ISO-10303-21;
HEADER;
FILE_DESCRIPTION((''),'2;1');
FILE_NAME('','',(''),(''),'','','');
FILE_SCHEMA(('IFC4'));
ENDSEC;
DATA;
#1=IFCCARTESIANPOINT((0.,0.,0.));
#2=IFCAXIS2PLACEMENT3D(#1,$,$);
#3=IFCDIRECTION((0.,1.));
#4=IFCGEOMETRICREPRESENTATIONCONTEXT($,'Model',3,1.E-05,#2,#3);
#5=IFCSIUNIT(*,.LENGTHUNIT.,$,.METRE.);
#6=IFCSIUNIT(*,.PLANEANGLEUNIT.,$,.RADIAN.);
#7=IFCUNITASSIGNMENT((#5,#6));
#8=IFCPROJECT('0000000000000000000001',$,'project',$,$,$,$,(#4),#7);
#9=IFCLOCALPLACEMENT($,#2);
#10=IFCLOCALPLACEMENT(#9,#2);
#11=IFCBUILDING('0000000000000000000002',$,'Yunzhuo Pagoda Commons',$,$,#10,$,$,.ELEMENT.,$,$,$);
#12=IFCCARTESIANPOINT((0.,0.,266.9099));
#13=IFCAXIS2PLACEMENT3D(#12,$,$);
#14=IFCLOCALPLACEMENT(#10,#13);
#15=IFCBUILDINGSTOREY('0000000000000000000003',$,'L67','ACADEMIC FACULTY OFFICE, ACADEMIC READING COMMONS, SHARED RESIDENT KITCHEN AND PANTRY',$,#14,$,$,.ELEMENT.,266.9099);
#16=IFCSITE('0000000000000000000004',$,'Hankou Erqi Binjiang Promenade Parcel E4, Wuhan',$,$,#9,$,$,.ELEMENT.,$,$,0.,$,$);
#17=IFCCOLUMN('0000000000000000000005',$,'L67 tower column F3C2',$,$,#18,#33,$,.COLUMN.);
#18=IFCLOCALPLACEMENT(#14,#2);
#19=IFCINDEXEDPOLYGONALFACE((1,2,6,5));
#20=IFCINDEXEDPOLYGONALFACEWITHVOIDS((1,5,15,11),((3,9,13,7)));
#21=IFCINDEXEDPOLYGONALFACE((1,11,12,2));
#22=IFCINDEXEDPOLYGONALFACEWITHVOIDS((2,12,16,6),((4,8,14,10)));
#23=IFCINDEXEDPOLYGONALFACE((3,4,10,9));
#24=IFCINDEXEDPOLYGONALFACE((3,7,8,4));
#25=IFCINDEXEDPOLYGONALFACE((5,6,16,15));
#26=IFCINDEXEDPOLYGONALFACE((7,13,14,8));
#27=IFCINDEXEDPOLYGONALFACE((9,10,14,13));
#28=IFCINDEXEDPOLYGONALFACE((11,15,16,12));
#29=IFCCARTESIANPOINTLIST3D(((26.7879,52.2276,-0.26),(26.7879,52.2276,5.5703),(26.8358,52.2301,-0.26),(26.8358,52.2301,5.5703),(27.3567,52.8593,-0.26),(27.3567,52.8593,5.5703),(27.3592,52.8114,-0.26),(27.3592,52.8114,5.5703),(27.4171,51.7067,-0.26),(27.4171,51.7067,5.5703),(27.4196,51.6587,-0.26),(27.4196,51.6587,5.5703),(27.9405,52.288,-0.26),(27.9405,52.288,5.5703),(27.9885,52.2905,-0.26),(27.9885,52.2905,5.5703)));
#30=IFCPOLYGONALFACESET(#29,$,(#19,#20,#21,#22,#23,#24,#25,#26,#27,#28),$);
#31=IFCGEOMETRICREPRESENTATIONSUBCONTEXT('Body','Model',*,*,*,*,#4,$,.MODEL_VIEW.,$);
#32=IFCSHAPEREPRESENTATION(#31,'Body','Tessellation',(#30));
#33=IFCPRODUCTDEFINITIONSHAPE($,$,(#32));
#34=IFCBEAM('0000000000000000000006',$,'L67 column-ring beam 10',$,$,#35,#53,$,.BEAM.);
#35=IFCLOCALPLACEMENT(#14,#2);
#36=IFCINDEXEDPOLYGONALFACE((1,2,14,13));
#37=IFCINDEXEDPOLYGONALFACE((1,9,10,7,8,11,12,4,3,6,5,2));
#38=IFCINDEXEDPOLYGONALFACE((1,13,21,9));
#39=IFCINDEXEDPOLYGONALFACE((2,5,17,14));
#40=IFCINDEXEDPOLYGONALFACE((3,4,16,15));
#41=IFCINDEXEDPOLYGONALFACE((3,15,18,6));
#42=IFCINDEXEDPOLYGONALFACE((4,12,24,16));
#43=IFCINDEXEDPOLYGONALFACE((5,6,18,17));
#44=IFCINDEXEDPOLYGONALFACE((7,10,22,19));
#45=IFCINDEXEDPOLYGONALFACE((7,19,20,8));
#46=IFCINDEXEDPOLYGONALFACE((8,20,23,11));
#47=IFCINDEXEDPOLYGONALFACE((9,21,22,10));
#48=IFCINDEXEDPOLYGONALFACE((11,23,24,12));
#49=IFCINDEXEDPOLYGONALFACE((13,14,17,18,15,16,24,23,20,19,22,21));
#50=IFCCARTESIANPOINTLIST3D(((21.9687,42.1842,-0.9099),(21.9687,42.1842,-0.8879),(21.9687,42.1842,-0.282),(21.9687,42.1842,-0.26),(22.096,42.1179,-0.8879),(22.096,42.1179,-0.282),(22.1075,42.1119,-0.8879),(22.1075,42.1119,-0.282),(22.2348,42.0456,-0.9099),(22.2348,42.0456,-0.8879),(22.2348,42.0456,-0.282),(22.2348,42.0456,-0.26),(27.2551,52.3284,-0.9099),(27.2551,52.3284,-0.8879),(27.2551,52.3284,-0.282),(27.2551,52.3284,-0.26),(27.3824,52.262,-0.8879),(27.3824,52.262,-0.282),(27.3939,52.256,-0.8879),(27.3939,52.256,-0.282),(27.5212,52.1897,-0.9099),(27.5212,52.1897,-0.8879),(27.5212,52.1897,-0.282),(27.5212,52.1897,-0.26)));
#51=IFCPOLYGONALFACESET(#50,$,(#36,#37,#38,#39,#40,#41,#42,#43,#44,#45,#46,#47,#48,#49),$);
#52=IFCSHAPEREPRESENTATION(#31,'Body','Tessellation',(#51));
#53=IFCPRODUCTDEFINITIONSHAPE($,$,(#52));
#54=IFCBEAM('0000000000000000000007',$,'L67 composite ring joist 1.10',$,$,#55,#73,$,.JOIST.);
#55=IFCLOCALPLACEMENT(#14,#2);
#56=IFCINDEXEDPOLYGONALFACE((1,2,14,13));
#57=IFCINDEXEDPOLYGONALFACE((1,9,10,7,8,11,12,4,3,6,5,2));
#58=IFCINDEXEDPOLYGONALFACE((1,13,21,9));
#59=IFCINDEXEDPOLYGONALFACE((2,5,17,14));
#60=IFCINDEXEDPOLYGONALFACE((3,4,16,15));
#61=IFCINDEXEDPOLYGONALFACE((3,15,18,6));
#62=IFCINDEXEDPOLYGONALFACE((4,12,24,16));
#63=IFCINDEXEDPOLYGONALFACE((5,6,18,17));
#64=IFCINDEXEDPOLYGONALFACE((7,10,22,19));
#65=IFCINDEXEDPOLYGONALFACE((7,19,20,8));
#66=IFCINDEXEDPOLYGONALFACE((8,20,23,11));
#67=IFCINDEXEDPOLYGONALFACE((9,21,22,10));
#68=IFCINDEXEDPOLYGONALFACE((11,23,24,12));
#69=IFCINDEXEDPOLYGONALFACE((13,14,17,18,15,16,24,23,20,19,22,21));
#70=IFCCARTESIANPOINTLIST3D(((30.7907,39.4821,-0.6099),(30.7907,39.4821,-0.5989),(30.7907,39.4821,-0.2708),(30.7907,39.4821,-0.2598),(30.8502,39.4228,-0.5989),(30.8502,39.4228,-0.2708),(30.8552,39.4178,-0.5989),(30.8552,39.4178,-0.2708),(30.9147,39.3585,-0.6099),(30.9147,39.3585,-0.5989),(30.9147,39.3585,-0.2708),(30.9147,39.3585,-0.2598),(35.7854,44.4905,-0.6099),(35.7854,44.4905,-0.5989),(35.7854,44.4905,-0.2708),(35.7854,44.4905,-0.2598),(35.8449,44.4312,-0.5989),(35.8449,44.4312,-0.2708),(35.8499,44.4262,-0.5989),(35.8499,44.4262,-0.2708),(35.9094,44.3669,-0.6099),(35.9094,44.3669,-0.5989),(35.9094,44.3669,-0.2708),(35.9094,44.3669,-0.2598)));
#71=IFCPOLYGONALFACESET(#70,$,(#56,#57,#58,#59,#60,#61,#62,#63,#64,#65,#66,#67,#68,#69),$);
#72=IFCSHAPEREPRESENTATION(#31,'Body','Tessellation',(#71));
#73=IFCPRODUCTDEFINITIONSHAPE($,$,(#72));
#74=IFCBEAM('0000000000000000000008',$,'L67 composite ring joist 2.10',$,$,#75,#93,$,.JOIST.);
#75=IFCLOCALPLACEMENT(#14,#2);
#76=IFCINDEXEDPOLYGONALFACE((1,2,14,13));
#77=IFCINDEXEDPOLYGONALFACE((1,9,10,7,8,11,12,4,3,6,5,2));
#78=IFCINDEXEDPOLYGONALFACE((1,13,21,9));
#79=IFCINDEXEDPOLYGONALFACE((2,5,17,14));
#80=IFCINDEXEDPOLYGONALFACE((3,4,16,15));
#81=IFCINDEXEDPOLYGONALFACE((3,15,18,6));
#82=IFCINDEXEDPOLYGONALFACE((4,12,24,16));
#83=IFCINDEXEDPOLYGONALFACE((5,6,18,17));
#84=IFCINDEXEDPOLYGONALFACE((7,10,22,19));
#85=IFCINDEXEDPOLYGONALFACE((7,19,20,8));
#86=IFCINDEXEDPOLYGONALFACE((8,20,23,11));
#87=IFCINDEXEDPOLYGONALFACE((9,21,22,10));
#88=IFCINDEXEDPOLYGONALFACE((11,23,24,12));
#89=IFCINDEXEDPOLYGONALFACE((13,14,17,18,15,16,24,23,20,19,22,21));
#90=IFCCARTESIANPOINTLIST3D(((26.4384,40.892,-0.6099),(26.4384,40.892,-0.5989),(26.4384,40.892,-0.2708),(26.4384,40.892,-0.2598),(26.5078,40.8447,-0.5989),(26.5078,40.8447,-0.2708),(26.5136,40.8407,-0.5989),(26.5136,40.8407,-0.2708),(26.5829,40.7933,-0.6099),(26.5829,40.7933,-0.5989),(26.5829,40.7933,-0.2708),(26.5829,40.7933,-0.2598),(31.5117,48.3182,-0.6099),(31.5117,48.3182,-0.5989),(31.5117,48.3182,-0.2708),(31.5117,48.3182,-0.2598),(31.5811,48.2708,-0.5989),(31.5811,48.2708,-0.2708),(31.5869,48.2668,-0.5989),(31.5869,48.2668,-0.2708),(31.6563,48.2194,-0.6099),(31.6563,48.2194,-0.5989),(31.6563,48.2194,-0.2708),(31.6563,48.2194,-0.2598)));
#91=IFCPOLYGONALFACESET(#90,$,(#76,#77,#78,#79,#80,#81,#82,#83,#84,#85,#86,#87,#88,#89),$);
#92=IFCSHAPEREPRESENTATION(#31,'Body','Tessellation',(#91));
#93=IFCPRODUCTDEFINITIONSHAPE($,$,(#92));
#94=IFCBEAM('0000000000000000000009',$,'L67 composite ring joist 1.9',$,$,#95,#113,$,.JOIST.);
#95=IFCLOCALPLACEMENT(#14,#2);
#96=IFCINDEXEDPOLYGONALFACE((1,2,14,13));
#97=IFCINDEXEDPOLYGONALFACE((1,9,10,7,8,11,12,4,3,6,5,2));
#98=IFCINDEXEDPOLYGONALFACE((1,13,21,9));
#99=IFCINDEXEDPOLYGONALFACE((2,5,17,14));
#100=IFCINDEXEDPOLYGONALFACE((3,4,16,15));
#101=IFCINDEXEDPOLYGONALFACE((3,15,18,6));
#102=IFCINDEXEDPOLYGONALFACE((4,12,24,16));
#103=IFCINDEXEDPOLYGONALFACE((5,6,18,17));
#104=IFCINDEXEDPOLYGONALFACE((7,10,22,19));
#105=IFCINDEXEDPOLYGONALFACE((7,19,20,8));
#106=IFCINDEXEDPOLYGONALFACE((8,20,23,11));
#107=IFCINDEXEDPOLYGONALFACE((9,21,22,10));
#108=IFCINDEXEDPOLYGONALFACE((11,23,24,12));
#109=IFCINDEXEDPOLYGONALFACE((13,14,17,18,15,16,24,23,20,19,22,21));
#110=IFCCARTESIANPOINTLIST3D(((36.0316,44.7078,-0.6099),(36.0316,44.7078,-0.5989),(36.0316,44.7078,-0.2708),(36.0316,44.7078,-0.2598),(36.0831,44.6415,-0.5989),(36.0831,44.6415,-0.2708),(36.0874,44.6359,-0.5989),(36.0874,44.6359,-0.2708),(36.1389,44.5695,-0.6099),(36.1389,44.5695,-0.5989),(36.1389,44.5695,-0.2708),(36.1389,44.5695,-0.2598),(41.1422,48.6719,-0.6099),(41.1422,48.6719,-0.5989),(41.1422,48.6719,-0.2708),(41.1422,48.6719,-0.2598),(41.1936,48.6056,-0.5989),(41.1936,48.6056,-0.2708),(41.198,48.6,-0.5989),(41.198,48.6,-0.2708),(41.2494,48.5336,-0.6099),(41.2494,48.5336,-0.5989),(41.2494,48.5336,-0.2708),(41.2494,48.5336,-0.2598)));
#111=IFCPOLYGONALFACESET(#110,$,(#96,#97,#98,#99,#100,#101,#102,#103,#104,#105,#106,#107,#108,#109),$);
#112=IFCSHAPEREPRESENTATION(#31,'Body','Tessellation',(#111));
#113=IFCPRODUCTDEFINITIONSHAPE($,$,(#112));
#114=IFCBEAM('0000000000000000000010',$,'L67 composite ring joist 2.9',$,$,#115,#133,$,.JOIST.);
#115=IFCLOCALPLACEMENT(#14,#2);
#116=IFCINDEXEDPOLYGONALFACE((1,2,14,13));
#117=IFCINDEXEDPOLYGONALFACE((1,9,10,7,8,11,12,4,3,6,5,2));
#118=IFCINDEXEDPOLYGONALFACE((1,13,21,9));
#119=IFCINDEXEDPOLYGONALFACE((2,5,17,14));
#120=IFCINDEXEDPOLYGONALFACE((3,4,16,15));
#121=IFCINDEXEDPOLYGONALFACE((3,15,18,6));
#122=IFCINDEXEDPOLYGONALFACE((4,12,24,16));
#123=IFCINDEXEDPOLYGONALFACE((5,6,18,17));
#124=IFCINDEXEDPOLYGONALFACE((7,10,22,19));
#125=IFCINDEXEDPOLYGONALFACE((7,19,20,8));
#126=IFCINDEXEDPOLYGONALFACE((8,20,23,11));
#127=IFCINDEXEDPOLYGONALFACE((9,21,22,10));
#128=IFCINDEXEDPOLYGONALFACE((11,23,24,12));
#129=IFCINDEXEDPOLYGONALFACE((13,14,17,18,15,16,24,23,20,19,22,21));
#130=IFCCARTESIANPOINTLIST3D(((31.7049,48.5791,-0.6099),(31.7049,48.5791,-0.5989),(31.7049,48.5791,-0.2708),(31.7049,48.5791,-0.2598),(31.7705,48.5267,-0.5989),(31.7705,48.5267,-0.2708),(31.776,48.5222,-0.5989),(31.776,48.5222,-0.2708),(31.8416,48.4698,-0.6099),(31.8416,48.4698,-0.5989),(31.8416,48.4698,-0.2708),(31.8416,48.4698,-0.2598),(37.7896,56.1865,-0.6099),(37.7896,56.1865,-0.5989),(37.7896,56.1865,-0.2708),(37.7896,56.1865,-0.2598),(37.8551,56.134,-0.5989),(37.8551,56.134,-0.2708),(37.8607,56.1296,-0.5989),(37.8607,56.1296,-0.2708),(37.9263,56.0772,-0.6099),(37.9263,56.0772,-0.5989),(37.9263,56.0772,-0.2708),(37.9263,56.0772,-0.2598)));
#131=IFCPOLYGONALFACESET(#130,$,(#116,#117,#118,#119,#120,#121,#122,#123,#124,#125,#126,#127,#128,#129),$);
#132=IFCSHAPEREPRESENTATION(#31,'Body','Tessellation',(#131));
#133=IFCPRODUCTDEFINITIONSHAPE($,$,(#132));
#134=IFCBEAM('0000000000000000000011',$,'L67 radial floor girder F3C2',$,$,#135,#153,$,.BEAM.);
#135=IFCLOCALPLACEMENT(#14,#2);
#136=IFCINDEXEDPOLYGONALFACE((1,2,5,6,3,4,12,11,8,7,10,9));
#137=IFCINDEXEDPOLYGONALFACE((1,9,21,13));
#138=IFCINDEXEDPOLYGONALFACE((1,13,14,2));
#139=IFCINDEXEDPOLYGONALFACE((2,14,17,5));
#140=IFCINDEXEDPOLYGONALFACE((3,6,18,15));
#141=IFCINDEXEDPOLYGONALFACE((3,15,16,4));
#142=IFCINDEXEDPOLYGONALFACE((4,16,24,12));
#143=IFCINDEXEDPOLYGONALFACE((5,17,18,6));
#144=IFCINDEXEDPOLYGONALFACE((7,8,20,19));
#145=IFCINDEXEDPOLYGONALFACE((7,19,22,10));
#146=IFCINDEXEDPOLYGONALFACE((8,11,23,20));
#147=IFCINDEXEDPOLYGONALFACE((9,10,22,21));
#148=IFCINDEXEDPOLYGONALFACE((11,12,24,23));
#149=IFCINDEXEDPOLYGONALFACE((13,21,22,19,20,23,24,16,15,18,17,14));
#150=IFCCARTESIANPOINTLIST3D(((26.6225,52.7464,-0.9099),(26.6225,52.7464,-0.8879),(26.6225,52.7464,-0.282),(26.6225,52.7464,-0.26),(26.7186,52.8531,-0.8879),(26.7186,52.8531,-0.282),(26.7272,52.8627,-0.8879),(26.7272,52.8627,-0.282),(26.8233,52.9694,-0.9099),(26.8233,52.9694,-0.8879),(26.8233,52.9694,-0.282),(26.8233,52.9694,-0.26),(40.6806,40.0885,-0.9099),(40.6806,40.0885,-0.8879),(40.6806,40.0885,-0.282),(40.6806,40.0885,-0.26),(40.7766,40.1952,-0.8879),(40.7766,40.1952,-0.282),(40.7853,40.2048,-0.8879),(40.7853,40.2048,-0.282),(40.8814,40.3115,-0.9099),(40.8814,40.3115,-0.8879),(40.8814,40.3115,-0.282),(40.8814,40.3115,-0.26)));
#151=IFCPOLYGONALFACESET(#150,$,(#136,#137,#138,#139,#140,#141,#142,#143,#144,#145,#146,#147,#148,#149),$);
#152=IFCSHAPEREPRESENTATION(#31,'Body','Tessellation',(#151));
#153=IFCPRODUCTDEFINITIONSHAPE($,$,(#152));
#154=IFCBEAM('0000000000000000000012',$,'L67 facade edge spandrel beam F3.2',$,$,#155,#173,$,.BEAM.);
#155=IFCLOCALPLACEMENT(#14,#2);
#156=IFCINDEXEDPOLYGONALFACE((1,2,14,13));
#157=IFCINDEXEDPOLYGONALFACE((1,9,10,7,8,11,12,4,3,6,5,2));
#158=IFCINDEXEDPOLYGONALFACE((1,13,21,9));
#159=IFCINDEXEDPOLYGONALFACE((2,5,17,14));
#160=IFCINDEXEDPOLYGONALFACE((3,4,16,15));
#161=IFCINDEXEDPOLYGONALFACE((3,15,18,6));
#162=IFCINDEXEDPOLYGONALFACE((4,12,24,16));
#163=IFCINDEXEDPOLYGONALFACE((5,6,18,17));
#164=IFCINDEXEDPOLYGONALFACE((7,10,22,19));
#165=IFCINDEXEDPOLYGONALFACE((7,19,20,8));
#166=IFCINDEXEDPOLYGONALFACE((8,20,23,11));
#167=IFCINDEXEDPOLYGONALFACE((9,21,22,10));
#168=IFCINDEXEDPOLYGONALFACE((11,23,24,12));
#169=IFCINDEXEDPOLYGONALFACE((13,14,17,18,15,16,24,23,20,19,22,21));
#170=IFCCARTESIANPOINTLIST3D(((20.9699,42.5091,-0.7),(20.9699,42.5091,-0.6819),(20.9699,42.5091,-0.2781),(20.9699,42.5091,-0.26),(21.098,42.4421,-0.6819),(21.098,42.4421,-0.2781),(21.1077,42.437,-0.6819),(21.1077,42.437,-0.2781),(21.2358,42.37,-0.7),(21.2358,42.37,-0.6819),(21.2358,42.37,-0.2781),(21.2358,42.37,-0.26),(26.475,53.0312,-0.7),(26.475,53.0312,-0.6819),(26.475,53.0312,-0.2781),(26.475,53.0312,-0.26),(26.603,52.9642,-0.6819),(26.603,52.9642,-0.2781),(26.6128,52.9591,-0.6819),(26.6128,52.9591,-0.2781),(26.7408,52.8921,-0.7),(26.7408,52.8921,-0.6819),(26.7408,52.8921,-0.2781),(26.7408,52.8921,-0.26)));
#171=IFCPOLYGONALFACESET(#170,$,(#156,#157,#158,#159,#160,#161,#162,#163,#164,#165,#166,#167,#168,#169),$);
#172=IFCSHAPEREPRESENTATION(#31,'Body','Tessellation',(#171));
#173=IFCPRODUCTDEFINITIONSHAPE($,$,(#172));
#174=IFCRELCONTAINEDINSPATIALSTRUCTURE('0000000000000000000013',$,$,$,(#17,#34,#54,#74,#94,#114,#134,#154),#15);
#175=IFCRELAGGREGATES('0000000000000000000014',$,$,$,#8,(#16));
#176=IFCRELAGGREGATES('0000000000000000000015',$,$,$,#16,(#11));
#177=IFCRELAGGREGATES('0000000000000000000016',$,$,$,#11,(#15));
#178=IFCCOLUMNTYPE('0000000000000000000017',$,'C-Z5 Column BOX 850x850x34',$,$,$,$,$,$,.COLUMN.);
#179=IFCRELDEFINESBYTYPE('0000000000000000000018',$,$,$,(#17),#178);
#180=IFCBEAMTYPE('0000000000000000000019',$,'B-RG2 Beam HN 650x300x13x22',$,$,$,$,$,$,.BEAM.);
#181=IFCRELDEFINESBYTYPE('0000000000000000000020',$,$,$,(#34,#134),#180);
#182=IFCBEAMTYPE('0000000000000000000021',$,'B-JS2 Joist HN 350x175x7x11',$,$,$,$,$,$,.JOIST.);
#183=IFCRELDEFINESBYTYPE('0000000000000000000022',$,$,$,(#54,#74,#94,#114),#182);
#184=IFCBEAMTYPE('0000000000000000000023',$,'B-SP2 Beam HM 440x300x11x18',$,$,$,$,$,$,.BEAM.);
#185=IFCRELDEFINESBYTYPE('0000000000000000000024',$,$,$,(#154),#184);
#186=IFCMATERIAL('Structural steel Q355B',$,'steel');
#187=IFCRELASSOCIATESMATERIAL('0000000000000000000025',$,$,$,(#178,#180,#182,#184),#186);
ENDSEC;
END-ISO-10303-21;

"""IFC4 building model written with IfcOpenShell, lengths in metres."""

from ifc_helpers import new_model, si_unit, direction, frame, origin, origin_2d, place, context, subcontext, project, spatial, hollow_rectangle, i_section, extrude, source, transform, mapped, material, material_profile, profile_set, type_object, element, save


model = new_model("IFC4")

# Units and contexts
model_context = context("Model", 3, precision=1e-05, world=origin(), true_north=direction((0.0, 1.0)))
body_context = subcontext(model_context, "Body", "Model", "MODEL_VIEW")
ifc_project = project(units=[si_unit("LENGTHUNIT", "METRE"), si_unit("PLANEANGLEUNIT", "RADIAN")], contexts=[model_context])

# Site, building, storey
site_placement = place(None, origin())
site = spatial("IfcSite", under=ifc_project, at=site_placement, Name="Hankou Erqi Binjiang Promenade Parcel E4, Wuhan", CompositionType="ELEMENT", RefElevation=0.0)
building_placement = place(site_placement, origin())
building = spatial("IfcBuilding", under=site, at=building_placement, Name="Yunzhuo Pagoda Commons", CompositionType="ELEMENT")
storey_placement = place(building_placement, frame((0.0, 0.0, 266.9099)))
storey = spatial("IfcBuildingStorey", under=building, at=storey_placement, Name="L67", Description="ACADEMIC FACULTY OFFICE, ACADEMIC READING COMMONS, SHARED RESIDENT KITCHEN AND PANTRY", CompositionType="ELEMENT", Elevation=266.9099)

# Column
ifc_material_1 = material(Name="Structural steel Q355B", Category="steel")
ifc_material_profile_1 = material_profile(ifc_material_1, hollow_rectangle(XDim=0.8501, YDim=0.8501, WallThickness=0.0339, at=origin_2d()), Name="Structural steel Q355B")
ifc_profile_set_1 = profile_set([ifc_material_profile_1], Name="Structural steel Q355B")
column_type = type_object("IfcColumnType", Name="C-Z5 Column BOX 850x850x34", PredefinedType="COLUMN", material=ifc_profile_set_1)
shared_shape_1 = source(origin(), body_context, "Body", "SweptSolid", [
    extrude(hollow_rectangle(XDim=0.8501, YDim=0.8501, WallThickness=0.0339, at=origin_2d()), origin(), (0.0, 0.0, 1.0), 5.8303),
])
column_placement = place(storey_placement, frame((27.3882, 52.259, -0.26), z_axis=(0.0, 0.0, 1.0), x_axis=(-0.669131, -0.743145, 0.0)))
element("IfcColumn", 1, at=column_placement, inside=storey, type_object=column_type, Name="L67 tower column F3C2", PredefinedType="COLUMN", context=body_context, shape_type="MappedRepresentation", body=[
    mapped(shared_shape_1, transform((0.0, 0.0, 0.0), scale=1.0)),
])

# Beams
ifc_material_profile_2 = material_profile(ifc_material_1, i_section(OverallWidth=0.3, OverallDepth=0.6499, WebThickness=0.0129, FlangeThickness=0.022, at=origin_2d()), Name="Structural steel Q355B")
ifc_profile_set_2 = profile_set([ifc_material_profile_2], Name="Structural steel Q355B")
beam_type_1 = type_object("IfcBeamType", Name="B-RG2 Beam HN 650x300x13x22", PredefinedType="BEAM", material=ifc_profile_set_2)
shared_shape_2 = source(origin(), body_context, "Body", "SweptSolid", [
    extrude(i_section(OverallWidth=0.3, OverallDepth=0.6499, WebThickness=0.0129, FlangeThickness=0.022, at=origin_2d()), origin(), (0.0, 0.0, 1.0), 11.439),
])
beam_1_placement = place(storey_placement, frame((27.3882, 52.259, -0.585), z_axis=(-0.462142, -0.886806, 0.0), x_axis=(0.886806, -0.462142, 0.0)))
element("IfcBeam", 2, at=beam_1_placement, inside=storey, type_object=beam_type_1, Name="L67 column-ring beam 10", PredefinedType="BEAM", context=body_context, shape_type="MappedRepresentation", body=[
    mapped(shared_shape_2, transform((0.0, 0.0, 0.0), scale=1.0)),
])
ifc_material_profile_3 = material_profile(ifc_material_1, i_section(OverallWidth=0.175, OverallDepth=0.3501, WebThickness=0.0071, FlangeThickness=0.011, at=origin_2d()), Name="Structural steel Q355B")
ifc_profile_set_3 = profile_set([ifc_material_profile_3], Name="Structural steel Q355B")
beam_type_2 = type_object("IfcBeamType", Name="B-JS2 Joist HN 350x175x7x11", PredefinedType="JOIST", material=ifc_profile_set_3)
shared_shape_3 = source(origin(), body_context, "Body", "SweptSolid", [
    extrude(i_section(OverallWidth=0.175, OverallDepth=0.3501, WebThickness=0.0071, FlangeThickness=0.011, at=origin_2d()), origin(), (0.0, 0.0, 1.0), 7.0732),
])
beam_2_placement = place(storey_placement, frame((35.8474, 44.4287, -0.4348), z_axis=(-0.70614, -0.708073, 0.0), x_axis=(0.708073, -0.70614, 0.0)))
element("IfcBeam", 3, at=beam_2_placement, inside=storey, type_object=beam_type_2, Name="L67 composite ring joist 1.10", PredefinedType="JOIST", context=body_context, shape_type="MappedRepresentation", body=[
    mapped(shared_shape_3, transform((0.0, 0.0, 0.0), scale=1.0)),
])
shared_shape_4 = source(origin(), body_context, "Body", "SweptSolid", [
    extrude(i_section(OverallWidth=0.175, OverallDepth=0.3501, WebThickness=0.0071, FlangeThickness=0.011, at=origin_2d()), origin(), (0.0, 0.0, 1.0), 8.9937),
])
beam_3_placement = place(storey_placement, frame((31.584, 48.2688, -0.4348), z_axis=(-0.564099, -0.825707, 0.0), x_axis=(0.825707, -0.564099, 0.0)))
element("IfcBeam", 4, at=beam_3_placement, inside=storey, type_object=beam_type_2, Name="L67 composite ring joist 2.10", PredefinedType="JOIST", context=body_context, shape_type="MappedRepresentation", body=[
    mapped(shared_shape_4, transform((0.0, 0.0, 0.0), scale=1.0)),
])
shared_shape_5 = source(origin(), body_context, "Body", "SweptSolid", [
    extrude(i_section(OverallWidth=0.175, OverallDepth=0.3501, WebThickness=0.0071, FlangeThickness=0.011, at=origin_2d()), origin(), (0.0, 0.0, 1.0), 6.4678),
])
beam_4_placement = place(storey_placement, frame((41.1958, 48.6028, -0.4348), z_axis=(-0.79016, -0.6129, 0.0), x_axis=(0.6129, -0.79016, 0.0)))
element("IfcBeam", 5, at=beam_4_placement, inside=storey, type_object=beam_type_2, Name="L67 composite ring joist 1.9", PredefinedType="JOIST", context=body_context, shape_type="MappedRepresentation", body=[
    mapped(shared_shape_5, transform((0.0, 0.0, 0.0), scale=1.0)),
])
shared_shape_6 = source(origin(), body_context, "Body", "SweptSolid", [
    extrude(i_section(OverallWidth=0.175, OverallDepth=0.3501, WebThickness=0.0071, FlangeThickness=0.011, at=origin_2d()), origin(), (0.0, 0.0, 1.0), 9.7415),
])
beam_5_placement = place(storey_placement, frame((37.8579, 56.1318, -0.4348), z_axis=(-0.624619, -0.78093, 0.0), x_axis=(0.78093, -0.624619, 0.0)))
element("IfcBeam", 6, at=beam_5_placement, inside=storey, type_object=beam_type_2, Name="L67 composite ring joist 2.9", PredefinedType="JOIST", context=body_context, shape_type="MappedRepresentation", body=[
    mapped(shared_shape_6, transform((0.0, 0.0, 0.0), scale=1.0)),
])
shared_shape_7 = source(origin(), body_context, "Body", "SweptSolid", [
    extrude(i_section(OverallWidth=0.3, OverallDepth=0.6499, WebThickness=0.0129, FlangeThickness=0.022, at=origin_2d()), origin(), (0.0, 0.0, 1.0), 18.917),
])
beam_6_placement = place(storey_placement, frame((26.7229, 52.8579, -0.585), z_axis=(0.743145, -0.66913, 0.0), x_axis=(0.66913, 0.743145, 0.0)))
element("IfcBeam", 7, at=beam_6_placement, inside=storey, type_object=beam_type_1, Name="L67 radial floor girder F3C2", PredefinedType="BEAM", context=body_context, shape_type="MappedRepresentation", body=[
    mapped(shared_shape_7, transform((0.0, 0.0, 0.0), scale=1.0)),
])
ifc_material_profile_4 = material_profile(ifc_material_1, i_section(OverallWidth=0.3, OverallDepth=0.4399, WebThickness=0.011, FlangeThickness=0.0181, at=origin_2d()), Name="Structural steel Q355B")
ifc_profile_set_4 = profile_set([ifc_material_profile_4], Name="Structural steel Q355B")
beam_type_3 = type_object("IfcBeamType", Name="B-SP2 Beam HM 440x300x11x18", PredefinedType="BEAM", material=ifc_profile_set_4)
shared_shape_8 = source(origin(), body_context, "Body", "SweptSolid", [
    extrude(i_section(OverallWidth=0.3, OverallDepth=0.4399, WebThickness=0.011, FlangeThickness=0.0181, at=origin_2d()), origin(), (0.0, 0.0, 1.0), 11.8752),
])
beam_7_placement = place(storey_placement, frame((26.6079, 52.9617, -0.48), z_axis=(-0.463577, -0.886057, 0.0), x_axis=(0.886057, -0.463577, 0.0)))
element("IfcBeam", 8, at=beam_7_placement, inside=storey, type_object=beam_type_3, Name="L67 facade edge spandrel beam F3.2", PredefinedType="BEAM", context=body_context, shape_type="MappedRepresentation", body=[
    mapped(shared_shape_8, transform((0.0, 0.0, 0.0), scale=1.0)),
])

save(model, "model.ifc")
